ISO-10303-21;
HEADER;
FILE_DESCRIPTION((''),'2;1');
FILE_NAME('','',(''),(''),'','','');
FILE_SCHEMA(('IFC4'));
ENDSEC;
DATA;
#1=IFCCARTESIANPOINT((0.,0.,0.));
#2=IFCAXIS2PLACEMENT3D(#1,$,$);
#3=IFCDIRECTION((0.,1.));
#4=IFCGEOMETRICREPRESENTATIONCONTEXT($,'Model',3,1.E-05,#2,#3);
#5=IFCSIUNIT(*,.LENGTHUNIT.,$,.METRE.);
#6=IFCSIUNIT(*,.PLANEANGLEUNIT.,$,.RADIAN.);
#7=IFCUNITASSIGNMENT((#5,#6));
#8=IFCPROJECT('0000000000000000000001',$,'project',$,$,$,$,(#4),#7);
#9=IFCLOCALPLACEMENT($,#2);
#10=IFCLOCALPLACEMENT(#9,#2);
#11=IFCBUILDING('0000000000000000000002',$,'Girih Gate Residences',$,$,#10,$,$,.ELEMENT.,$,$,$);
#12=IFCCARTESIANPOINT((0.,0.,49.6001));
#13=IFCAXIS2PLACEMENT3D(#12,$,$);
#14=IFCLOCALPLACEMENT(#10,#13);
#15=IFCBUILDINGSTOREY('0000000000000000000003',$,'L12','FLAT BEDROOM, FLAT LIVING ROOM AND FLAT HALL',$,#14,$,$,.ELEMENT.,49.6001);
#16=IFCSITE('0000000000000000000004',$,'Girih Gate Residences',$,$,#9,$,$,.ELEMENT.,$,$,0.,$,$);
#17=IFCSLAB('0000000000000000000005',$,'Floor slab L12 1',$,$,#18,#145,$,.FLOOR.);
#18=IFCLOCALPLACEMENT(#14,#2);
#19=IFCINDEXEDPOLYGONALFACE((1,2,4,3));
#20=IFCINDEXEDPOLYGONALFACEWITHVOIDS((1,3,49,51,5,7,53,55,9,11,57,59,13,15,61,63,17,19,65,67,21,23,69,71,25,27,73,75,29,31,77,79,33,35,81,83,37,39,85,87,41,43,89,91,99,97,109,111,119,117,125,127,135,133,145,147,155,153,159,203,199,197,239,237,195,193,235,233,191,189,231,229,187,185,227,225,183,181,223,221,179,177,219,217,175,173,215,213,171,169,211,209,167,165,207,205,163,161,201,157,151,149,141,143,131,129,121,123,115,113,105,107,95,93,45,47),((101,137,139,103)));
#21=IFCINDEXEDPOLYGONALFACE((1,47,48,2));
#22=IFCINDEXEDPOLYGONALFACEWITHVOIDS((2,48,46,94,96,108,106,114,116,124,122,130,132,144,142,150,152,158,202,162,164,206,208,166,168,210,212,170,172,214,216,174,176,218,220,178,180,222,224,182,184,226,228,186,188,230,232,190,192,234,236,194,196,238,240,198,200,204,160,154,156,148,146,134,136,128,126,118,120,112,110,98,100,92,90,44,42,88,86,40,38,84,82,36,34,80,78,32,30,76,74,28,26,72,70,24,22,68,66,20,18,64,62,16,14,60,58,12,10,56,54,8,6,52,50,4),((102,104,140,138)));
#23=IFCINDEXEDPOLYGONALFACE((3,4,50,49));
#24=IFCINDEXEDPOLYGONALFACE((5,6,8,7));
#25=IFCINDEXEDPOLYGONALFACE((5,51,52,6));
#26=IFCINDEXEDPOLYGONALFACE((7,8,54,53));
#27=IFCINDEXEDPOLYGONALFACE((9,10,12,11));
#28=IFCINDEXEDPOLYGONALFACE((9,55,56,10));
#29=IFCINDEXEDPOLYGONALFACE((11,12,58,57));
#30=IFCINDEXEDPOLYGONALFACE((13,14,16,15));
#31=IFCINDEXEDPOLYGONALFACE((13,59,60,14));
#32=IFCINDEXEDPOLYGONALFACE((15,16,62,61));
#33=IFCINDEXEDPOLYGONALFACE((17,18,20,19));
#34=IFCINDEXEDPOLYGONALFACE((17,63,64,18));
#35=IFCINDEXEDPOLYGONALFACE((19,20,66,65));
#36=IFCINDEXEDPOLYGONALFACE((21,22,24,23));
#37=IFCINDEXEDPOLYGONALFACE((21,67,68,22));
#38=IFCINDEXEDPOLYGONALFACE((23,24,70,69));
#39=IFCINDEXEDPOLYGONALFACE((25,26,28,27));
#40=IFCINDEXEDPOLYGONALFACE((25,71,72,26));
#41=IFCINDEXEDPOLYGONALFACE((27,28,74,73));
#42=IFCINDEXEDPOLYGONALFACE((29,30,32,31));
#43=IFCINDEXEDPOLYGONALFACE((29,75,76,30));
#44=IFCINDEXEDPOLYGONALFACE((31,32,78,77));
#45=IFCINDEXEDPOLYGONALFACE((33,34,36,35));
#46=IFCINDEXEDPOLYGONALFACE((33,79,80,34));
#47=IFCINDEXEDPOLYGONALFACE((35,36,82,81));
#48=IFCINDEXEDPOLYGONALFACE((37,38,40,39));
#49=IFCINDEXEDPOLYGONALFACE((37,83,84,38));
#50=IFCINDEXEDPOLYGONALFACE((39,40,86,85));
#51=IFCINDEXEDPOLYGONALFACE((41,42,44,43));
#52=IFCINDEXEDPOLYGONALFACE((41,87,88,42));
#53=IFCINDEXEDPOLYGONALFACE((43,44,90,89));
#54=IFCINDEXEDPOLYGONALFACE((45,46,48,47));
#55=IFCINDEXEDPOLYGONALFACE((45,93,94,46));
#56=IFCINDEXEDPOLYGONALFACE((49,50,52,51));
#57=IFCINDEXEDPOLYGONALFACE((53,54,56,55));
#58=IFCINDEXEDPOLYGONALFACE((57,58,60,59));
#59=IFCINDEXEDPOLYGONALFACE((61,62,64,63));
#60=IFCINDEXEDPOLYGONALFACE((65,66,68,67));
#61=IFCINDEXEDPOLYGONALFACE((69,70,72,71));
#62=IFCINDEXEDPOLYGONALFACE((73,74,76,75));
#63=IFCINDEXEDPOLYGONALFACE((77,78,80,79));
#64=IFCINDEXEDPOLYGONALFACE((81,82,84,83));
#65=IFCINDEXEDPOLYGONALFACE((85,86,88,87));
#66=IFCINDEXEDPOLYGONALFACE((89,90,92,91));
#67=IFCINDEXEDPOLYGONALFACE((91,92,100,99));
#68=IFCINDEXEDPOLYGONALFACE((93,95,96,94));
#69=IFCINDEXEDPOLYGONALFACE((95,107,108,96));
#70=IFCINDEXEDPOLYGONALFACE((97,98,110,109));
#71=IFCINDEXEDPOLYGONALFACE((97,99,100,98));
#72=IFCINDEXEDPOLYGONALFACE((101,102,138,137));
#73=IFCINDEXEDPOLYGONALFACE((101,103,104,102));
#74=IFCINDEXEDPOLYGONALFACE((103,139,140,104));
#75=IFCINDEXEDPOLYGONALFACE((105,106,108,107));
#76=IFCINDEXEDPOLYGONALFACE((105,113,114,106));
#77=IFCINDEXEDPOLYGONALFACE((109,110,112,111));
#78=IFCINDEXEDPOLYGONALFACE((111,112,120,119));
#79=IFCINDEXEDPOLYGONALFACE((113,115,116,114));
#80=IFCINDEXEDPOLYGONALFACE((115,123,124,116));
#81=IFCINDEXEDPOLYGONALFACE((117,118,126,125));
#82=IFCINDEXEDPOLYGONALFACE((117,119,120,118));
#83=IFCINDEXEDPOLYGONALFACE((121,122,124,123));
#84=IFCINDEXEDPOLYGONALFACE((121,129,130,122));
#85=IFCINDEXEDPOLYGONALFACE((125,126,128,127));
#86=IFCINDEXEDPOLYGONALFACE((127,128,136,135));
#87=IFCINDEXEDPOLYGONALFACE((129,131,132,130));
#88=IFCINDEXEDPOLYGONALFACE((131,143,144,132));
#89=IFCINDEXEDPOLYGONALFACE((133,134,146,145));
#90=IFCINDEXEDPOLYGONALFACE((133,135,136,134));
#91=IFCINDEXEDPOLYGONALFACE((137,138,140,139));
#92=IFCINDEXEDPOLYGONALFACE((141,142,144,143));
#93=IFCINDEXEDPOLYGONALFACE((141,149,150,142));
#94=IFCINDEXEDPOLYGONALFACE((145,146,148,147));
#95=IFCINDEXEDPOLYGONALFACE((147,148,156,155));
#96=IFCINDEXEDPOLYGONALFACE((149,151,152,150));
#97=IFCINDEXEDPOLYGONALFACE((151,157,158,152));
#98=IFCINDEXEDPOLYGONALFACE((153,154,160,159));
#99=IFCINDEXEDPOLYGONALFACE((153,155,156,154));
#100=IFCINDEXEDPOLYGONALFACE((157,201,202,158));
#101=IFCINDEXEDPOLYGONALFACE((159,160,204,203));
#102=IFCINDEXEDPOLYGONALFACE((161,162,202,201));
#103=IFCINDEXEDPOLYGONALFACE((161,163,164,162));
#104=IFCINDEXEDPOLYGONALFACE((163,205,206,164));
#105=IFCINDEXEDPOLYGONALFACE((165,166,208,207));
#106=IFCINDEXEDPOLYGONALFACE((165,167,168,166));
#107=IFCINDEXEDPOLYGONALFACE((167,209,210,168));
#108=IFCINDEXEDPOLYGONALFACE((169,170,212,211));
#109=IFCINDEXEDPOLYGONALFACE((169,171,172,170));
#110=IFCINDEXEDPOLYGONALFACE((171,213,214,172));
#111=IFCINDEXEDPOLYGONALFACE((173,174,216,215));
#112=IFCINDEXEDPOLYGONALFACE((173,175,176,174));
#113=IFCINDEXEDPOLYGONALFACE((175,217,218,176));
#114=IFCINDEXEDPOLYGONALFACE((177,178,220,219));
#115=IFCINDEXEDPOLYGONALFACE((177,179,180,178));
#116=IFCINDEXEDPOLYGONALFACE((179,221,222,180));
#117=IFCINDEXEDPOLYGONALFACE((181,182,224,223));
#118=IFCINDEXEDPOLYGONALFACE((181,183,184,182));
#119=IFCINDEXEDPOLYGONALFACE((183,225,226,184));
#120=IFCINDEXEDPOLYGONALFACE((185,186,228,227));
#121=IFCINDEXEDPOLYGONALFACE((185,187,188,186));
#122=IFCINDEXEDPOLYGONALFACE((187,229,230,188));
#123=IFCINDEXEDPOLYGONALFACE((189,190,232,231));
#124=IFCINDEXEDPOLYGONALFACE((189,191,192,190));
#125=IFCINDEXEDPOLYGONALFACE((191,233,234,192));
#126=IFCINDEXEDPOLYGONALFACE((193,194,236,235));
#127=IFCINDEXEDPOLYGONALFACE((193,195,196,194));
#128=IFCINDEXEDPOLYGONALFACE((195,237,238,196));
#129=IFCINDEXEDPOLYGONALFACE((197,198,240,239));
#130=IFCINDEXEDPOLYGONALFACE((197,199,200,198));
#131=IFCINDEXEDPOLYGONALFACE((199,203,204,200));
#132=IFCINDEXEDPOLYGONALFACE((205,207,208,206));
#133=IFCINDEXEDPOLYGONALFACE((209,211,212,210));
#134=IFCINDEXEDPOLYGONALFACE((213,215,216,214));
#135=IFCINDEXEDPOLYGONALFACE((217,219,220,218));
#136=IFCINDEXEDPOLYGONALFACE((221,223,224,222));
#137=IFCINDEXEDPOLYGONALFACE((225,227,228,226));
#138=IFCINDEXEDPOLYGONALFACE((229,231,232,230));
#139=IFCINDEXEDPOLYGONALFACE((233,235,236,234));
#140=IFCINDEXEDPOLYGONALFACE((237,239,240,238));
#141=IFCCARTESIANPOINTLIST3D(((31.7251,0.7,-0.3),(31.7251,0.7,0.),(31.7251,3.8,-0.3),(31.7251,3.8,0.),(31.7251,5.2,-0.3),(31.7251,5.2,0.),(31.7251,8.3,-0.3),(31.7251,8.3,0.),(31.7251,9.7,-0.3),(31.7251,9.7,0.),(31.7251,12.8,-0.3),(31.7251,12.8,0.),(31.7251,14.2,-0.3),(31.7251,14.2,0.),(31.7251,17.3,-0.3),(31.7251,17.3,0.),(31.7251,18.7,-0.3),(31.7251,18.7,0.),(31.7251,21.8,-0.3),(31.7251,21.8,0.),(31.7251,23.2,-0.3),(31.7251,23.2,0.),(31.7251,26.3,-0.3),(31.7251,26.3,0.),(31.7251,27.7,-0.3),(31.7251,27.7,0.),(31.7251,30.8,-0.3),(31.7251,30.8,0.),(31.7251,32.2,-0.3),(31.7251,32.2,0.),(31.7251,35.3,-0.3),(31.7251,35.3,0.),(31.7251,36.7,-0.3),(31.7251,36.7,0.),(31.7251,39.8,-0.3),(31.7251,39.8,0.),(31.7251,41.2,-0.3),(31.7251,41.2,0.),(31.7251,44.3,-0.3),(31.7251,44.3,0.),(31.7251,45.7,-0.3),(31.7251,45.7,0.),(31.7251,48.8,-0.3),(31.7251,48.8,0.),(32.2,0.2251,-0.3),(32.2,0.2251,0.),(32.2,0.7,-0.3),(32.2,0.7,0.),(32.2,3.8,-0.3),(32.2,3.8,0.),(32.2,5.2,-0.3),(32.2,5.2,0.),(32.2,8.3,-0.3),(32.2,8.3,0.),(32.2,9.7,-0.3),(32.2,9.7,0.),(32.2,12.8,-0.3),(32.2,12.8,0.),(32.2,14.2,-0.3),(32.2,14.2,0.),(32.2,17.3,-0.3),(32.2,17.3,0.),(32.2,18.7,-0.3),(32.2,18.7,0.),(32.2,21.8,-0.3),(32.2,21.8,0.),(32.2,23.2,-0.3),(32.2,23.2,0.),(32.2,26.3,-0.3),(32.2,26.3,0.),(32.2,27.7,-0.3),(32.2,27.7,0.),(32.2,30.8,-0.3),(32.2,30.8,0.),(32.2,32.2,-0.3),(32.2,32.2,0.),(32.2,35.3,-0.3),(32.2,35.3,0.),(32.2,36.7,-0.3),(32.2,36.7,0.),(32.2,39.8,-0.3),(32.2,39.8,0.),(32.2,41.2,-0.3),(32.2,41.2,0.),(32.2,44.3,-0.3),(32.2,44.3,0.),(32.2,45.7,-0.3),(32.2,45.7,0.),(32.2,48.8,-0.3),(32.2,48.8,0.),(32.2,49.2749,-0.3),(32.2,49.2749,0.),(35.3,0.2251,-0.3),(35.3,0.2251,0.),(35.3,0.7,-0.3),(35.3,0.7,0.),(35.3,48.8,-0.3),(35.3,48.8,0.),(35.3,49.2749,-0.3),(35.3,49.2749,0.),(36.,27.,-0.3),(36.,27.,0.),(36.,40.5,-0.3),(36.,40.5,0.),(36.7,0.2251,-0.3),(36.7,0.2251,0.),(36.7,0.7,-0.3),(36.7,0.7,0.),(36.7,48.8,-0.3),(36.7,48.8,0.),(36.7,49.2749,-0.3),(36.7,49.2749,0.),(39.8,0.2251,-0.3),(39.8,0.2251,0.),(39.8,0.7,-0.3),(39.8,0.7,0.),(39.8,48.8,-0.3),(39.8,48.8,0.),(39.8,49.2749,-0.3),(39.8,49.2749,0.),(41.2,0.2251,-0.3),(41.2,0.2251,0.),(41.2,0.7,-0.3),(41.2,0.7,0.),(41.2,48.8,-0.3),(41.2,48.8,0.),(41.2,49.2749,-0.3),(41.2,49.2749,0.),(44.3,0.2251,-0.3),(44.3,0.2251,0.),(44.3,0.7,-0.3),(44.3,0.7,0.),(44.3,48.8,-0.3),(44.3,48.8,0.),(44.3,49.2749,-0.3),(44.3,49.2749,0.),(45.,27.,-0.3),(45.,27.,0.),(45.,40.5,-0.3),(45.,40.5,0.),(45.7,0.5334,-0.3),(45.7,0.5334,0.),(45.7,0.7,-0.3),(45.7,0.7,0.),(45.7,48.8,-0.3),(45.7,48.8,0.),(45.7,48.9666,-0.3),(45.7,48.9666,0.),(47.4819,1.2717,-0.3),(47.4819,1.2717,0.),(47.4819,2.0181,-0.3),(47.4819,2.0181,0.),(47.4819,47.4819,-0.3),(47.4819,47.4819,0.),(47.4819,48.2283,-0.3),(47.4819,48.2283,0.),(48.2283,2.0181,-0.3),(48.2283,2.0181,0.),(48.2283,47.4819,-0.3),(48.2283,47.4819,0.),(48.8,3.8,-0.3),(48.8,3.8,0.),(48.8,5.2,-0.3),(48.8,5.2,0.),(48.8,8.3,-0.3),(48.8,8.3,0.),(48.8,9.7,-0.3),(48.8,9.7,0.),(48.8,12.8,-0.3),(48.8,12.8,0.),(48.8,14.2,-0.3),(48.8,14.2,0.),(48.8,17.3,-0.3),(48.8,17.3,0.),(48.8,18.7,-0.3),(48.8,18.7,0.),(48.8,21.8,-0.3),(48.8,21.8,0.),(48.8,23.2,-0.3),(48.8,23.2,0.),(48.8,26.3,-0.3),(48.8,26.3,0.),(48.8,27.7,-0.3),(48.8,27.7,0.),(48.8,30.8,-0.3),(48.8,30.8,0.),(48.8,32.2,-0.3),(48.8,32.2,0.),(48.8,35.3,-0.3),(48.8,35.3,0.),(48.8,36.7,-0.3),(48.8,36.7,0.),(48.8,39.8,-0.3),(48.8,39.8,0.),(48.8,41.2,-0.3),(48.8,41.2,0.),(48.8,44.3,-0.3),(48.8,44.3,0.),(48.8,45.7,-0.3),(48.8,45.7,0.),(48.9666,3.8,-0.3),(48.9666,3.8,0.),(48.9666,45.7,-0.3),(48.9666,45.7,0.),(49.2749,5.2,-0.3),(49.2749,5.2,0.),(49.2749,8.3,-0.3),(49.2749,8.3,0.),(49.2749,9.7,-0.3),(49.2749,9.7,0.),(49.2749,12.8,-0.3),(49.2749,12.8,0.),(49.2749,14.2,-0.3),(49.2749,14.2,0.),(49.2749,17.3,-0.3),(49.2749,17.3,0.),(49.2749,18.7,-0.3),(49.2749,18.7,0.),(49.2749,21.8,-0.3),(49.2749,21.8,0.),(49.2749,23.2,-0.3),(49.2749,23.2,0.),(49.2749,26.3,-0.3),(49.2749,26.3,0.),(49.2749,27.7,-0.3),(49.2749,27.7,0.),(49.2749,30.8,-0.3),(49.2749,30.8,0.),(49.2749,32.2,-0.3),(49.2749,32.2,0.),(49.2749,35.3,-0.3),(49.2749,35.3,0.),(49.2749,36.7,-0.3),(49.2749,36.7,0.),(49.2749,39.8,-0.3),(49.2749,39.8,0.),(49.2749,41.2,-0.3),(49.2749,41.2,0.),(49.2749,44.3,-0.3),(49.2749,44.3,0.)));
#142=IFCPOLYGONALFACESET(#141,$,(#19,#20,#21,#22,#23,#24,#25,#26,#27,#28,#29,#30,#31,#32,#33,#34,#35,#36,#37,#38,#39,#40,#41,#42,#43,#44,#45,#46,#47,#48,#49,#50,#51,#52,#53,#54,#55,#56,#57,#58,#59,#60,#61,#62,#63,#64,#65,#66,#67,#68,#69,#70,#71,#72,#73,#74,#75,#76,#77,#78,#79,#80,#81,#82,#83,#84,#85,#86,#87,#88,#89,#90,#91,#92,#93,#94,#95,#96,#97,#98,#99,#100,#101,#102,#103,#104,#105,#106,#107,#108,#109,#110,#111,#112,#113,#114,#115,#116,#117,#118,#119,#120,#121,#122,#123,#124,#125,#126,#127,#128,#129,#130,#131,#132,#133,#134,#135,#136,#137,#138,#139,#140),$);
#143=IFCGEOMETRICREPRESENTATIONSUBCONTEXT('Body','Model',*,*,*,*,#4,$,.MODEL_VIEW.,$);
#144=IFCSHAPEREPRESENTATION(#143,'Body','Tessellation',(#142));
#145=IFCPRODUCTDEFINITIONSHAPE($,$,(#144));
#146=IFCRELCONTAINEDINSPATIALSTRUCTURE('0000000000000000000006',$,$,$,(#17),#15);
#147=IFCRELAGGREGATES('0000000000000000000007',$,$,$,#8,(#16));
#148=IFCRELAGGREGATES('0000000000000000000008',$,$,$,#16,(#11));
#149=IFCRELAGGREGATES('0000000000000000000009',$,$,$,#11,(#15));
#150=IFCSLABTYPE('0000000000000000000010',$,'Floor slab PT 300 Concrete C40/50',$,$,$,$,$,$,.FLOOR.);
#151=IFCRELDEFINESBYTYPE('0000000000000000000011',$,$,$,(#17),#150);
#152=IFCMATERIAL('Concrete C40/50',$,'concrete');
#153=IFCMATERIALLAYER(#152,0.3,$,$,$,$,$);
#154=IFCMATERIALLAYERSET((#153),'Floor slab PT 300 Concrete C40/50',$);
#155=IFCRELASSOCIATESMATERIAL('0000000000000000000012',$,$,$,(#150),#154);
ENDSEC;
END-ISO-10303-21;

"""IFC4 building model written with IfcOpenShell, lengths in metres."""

from ifc_helpers import new_model, si_unit, direction, frame, origin, place, context, subcontext, project, spatial, polyline, outline, extrude, material, layer, layer_set, type_object, element, save


model = new_model("IFC4")

# Units and contexts
model_context = context("Model", 3, precision=1e-05, world=origin(), true_north=direction((0.0, 1.0)))
body_context = subcontext(model_context, "Body", "Model", "MODEL_VIEW")
ifc_project = project(units=[si_unit("LENGTHUNIT", "METRE"), si_unit("PLANEANGLEUNIT", "RADIAN")], contexts=[model_context])

# Site, building, storey
site_placement = place(None, origin())
site = spatial("IfcSite", under=ifc_project, at=site_placement, Name="Girih Gate Residences", CompositionType="ELEMENT", RefElevation=0.0)
building_placement = place(site_placement, origin())
building = spatial("IfcBuilding", under=site, at=building_placement, Name="Girih Gate Residences", CompositionType="ELEMENT")
storey_placement = place(building_placement, frame((0.0, 0.0, 49.6001)))
storey = spatial("IfcBuildingStorey", under=building, at=storey_placement, Name="L12", Description="FLAT BEDROOM, FLAT LIVING ROOM AND FLAT HALL", CompositionType="ELEMENT", Elevation=49.6001)

# Slab
ifc_material_1 = material(Name="Concrete C40/50", Category="concrete")
ifc_layer_1 = layer(ifc_material_1, 0.3)
ifc_layer_set_1 = layer_set([ifc_layer_1], Name="Floor slab PT 300 Concrete C40/50")
slab_type_1 = type_object("IfcSlabType", Name="Floor slab PT 300 Concrete C40/50", PredefinedType="FLOOR", material=ifc_layer_set_1)
slab_1_placement = place(storey_placement, frame((0.0, 0.0, -0.3)))
element("IfcSlab", 1, at=slab_1_placement, inside=storey, type_object=slab_type_1, Name="Floor slab L12 1", PredefinedType="FLOOR", context=body_context, shape_type="SweptSolid", body=[
    extrude(outline(polyline([(35.3, 49.2749), (32.2, 49.2749), (32.2, 48.8), (31.7251, 48.8), (31.7251, 45.7), (32.2, 45.7), (32.2, 44.3), (31.7251, 44.3), (31.7251, 41.2), (32.2, 41.2), (32.2, 39.8), (31.7251, 39.8), (31.7251, 36.7), (32.2, 36.7), (32.2, 35.3), (31.7251, 35.3), (31.7251, 32.2), (32.2, 32.2), (32.2, 30.8), (31.7251, 30.8), (31.7251, 27.7), (32.2, 27.7), (32.2, 26.3), (31.7251, 26.3), (31.7251, 23.2), (32.2, 23.2), (32.2, 21.8), (31.7251, 21.8), (31.7251, 18.7), (32.2, 18.7), (32.2, 17.3), (31.7251, 17.3), (31.7251, 14.2), (32.2, 14.2), (32.2, 12.8), (31.7251, 12.8), (31.7251, 9.7), (32.2, 9.7), (32.2, 8.3), (31.7251, 8.3), (31.7251, 5.2), (32.2, 5.2), (32.2, 3.8), (31.7251, 3.8), (31.7251, 0.7), (32.2, 0.7), (32.2, 0.2251), (35.3, 0.2251), (35.3, 0.7), (36.7, 0.7), (36.7, 0.2251), (39.8, 0.2251), (39.8, 0.7), (41.2, 0.7), (41.2, 0.2251), (44.3, 0.2251), (44.3, 0.7), (45.7, 0.7), (45.7, 0.5334), (47.4819, 1.2717), (47.4819, 2.0181), (48.2283, 2.0181), (48.9666, 3.8), (48.8, 3.8), (48.8, 5.2), (49.2749, 5.2), (49.2749, 8.3), (48.8, 8.3), (48.8, 9.7), (49.2749, 9.7), (49.2749, 12.8), (48.8, 12.8), (48.8, 14.2), (49.2749, 14.2), (49.2749, 17.3), (48.8, 17.3), (48.8, 18.7), (49.2749, 18.7), (49.2749, 21.8), (48.8, 21.8), (48.8, 23.2), (49.2749, 23.2), (49.2749, 26.3), (48.8, 26.3), (48.8, 27.7), (49.2749, 27.7), (49.2749, 30.8), (48.8, 30.8), (48.8, 32.2), (49.2749, 32.2), (49.2749, 35.3), (48.8, 35.3), (48.8, 36.7), (49.2749, 36.7), (49.2749, 39.8), (48.8, 39.8), (48.8, 41.2), (49.2749, 41.2), (49.2749, 44.3), (48.8, 44.3), (48.8, 45.7), (48.9666, 45.7), (48.2283, 47.4819), (47.4819, 47.4819), (47.4819, 48.2283), (45.7, 48.9666), (45.7, 48.8), (44.3, 48.8), (44.3, 49.2749), (41.2, 49.2749), (41.2, 48.8), (39.8, 48.8), (39.8, 49.2749), (36.7, 49.2749), (36.7, 48.8), (35.3, 48.8), (35.3, 49.2749)]), holes=[polyline([(45.0, 40.5), (45.0, 27.0), (36.0, 27.0), (36.0, 40.5), (45.0, 40.5)])]), origin(), (0.0, 0.0, 1.0), 0.3),
])

save(model, "model.ifc")
